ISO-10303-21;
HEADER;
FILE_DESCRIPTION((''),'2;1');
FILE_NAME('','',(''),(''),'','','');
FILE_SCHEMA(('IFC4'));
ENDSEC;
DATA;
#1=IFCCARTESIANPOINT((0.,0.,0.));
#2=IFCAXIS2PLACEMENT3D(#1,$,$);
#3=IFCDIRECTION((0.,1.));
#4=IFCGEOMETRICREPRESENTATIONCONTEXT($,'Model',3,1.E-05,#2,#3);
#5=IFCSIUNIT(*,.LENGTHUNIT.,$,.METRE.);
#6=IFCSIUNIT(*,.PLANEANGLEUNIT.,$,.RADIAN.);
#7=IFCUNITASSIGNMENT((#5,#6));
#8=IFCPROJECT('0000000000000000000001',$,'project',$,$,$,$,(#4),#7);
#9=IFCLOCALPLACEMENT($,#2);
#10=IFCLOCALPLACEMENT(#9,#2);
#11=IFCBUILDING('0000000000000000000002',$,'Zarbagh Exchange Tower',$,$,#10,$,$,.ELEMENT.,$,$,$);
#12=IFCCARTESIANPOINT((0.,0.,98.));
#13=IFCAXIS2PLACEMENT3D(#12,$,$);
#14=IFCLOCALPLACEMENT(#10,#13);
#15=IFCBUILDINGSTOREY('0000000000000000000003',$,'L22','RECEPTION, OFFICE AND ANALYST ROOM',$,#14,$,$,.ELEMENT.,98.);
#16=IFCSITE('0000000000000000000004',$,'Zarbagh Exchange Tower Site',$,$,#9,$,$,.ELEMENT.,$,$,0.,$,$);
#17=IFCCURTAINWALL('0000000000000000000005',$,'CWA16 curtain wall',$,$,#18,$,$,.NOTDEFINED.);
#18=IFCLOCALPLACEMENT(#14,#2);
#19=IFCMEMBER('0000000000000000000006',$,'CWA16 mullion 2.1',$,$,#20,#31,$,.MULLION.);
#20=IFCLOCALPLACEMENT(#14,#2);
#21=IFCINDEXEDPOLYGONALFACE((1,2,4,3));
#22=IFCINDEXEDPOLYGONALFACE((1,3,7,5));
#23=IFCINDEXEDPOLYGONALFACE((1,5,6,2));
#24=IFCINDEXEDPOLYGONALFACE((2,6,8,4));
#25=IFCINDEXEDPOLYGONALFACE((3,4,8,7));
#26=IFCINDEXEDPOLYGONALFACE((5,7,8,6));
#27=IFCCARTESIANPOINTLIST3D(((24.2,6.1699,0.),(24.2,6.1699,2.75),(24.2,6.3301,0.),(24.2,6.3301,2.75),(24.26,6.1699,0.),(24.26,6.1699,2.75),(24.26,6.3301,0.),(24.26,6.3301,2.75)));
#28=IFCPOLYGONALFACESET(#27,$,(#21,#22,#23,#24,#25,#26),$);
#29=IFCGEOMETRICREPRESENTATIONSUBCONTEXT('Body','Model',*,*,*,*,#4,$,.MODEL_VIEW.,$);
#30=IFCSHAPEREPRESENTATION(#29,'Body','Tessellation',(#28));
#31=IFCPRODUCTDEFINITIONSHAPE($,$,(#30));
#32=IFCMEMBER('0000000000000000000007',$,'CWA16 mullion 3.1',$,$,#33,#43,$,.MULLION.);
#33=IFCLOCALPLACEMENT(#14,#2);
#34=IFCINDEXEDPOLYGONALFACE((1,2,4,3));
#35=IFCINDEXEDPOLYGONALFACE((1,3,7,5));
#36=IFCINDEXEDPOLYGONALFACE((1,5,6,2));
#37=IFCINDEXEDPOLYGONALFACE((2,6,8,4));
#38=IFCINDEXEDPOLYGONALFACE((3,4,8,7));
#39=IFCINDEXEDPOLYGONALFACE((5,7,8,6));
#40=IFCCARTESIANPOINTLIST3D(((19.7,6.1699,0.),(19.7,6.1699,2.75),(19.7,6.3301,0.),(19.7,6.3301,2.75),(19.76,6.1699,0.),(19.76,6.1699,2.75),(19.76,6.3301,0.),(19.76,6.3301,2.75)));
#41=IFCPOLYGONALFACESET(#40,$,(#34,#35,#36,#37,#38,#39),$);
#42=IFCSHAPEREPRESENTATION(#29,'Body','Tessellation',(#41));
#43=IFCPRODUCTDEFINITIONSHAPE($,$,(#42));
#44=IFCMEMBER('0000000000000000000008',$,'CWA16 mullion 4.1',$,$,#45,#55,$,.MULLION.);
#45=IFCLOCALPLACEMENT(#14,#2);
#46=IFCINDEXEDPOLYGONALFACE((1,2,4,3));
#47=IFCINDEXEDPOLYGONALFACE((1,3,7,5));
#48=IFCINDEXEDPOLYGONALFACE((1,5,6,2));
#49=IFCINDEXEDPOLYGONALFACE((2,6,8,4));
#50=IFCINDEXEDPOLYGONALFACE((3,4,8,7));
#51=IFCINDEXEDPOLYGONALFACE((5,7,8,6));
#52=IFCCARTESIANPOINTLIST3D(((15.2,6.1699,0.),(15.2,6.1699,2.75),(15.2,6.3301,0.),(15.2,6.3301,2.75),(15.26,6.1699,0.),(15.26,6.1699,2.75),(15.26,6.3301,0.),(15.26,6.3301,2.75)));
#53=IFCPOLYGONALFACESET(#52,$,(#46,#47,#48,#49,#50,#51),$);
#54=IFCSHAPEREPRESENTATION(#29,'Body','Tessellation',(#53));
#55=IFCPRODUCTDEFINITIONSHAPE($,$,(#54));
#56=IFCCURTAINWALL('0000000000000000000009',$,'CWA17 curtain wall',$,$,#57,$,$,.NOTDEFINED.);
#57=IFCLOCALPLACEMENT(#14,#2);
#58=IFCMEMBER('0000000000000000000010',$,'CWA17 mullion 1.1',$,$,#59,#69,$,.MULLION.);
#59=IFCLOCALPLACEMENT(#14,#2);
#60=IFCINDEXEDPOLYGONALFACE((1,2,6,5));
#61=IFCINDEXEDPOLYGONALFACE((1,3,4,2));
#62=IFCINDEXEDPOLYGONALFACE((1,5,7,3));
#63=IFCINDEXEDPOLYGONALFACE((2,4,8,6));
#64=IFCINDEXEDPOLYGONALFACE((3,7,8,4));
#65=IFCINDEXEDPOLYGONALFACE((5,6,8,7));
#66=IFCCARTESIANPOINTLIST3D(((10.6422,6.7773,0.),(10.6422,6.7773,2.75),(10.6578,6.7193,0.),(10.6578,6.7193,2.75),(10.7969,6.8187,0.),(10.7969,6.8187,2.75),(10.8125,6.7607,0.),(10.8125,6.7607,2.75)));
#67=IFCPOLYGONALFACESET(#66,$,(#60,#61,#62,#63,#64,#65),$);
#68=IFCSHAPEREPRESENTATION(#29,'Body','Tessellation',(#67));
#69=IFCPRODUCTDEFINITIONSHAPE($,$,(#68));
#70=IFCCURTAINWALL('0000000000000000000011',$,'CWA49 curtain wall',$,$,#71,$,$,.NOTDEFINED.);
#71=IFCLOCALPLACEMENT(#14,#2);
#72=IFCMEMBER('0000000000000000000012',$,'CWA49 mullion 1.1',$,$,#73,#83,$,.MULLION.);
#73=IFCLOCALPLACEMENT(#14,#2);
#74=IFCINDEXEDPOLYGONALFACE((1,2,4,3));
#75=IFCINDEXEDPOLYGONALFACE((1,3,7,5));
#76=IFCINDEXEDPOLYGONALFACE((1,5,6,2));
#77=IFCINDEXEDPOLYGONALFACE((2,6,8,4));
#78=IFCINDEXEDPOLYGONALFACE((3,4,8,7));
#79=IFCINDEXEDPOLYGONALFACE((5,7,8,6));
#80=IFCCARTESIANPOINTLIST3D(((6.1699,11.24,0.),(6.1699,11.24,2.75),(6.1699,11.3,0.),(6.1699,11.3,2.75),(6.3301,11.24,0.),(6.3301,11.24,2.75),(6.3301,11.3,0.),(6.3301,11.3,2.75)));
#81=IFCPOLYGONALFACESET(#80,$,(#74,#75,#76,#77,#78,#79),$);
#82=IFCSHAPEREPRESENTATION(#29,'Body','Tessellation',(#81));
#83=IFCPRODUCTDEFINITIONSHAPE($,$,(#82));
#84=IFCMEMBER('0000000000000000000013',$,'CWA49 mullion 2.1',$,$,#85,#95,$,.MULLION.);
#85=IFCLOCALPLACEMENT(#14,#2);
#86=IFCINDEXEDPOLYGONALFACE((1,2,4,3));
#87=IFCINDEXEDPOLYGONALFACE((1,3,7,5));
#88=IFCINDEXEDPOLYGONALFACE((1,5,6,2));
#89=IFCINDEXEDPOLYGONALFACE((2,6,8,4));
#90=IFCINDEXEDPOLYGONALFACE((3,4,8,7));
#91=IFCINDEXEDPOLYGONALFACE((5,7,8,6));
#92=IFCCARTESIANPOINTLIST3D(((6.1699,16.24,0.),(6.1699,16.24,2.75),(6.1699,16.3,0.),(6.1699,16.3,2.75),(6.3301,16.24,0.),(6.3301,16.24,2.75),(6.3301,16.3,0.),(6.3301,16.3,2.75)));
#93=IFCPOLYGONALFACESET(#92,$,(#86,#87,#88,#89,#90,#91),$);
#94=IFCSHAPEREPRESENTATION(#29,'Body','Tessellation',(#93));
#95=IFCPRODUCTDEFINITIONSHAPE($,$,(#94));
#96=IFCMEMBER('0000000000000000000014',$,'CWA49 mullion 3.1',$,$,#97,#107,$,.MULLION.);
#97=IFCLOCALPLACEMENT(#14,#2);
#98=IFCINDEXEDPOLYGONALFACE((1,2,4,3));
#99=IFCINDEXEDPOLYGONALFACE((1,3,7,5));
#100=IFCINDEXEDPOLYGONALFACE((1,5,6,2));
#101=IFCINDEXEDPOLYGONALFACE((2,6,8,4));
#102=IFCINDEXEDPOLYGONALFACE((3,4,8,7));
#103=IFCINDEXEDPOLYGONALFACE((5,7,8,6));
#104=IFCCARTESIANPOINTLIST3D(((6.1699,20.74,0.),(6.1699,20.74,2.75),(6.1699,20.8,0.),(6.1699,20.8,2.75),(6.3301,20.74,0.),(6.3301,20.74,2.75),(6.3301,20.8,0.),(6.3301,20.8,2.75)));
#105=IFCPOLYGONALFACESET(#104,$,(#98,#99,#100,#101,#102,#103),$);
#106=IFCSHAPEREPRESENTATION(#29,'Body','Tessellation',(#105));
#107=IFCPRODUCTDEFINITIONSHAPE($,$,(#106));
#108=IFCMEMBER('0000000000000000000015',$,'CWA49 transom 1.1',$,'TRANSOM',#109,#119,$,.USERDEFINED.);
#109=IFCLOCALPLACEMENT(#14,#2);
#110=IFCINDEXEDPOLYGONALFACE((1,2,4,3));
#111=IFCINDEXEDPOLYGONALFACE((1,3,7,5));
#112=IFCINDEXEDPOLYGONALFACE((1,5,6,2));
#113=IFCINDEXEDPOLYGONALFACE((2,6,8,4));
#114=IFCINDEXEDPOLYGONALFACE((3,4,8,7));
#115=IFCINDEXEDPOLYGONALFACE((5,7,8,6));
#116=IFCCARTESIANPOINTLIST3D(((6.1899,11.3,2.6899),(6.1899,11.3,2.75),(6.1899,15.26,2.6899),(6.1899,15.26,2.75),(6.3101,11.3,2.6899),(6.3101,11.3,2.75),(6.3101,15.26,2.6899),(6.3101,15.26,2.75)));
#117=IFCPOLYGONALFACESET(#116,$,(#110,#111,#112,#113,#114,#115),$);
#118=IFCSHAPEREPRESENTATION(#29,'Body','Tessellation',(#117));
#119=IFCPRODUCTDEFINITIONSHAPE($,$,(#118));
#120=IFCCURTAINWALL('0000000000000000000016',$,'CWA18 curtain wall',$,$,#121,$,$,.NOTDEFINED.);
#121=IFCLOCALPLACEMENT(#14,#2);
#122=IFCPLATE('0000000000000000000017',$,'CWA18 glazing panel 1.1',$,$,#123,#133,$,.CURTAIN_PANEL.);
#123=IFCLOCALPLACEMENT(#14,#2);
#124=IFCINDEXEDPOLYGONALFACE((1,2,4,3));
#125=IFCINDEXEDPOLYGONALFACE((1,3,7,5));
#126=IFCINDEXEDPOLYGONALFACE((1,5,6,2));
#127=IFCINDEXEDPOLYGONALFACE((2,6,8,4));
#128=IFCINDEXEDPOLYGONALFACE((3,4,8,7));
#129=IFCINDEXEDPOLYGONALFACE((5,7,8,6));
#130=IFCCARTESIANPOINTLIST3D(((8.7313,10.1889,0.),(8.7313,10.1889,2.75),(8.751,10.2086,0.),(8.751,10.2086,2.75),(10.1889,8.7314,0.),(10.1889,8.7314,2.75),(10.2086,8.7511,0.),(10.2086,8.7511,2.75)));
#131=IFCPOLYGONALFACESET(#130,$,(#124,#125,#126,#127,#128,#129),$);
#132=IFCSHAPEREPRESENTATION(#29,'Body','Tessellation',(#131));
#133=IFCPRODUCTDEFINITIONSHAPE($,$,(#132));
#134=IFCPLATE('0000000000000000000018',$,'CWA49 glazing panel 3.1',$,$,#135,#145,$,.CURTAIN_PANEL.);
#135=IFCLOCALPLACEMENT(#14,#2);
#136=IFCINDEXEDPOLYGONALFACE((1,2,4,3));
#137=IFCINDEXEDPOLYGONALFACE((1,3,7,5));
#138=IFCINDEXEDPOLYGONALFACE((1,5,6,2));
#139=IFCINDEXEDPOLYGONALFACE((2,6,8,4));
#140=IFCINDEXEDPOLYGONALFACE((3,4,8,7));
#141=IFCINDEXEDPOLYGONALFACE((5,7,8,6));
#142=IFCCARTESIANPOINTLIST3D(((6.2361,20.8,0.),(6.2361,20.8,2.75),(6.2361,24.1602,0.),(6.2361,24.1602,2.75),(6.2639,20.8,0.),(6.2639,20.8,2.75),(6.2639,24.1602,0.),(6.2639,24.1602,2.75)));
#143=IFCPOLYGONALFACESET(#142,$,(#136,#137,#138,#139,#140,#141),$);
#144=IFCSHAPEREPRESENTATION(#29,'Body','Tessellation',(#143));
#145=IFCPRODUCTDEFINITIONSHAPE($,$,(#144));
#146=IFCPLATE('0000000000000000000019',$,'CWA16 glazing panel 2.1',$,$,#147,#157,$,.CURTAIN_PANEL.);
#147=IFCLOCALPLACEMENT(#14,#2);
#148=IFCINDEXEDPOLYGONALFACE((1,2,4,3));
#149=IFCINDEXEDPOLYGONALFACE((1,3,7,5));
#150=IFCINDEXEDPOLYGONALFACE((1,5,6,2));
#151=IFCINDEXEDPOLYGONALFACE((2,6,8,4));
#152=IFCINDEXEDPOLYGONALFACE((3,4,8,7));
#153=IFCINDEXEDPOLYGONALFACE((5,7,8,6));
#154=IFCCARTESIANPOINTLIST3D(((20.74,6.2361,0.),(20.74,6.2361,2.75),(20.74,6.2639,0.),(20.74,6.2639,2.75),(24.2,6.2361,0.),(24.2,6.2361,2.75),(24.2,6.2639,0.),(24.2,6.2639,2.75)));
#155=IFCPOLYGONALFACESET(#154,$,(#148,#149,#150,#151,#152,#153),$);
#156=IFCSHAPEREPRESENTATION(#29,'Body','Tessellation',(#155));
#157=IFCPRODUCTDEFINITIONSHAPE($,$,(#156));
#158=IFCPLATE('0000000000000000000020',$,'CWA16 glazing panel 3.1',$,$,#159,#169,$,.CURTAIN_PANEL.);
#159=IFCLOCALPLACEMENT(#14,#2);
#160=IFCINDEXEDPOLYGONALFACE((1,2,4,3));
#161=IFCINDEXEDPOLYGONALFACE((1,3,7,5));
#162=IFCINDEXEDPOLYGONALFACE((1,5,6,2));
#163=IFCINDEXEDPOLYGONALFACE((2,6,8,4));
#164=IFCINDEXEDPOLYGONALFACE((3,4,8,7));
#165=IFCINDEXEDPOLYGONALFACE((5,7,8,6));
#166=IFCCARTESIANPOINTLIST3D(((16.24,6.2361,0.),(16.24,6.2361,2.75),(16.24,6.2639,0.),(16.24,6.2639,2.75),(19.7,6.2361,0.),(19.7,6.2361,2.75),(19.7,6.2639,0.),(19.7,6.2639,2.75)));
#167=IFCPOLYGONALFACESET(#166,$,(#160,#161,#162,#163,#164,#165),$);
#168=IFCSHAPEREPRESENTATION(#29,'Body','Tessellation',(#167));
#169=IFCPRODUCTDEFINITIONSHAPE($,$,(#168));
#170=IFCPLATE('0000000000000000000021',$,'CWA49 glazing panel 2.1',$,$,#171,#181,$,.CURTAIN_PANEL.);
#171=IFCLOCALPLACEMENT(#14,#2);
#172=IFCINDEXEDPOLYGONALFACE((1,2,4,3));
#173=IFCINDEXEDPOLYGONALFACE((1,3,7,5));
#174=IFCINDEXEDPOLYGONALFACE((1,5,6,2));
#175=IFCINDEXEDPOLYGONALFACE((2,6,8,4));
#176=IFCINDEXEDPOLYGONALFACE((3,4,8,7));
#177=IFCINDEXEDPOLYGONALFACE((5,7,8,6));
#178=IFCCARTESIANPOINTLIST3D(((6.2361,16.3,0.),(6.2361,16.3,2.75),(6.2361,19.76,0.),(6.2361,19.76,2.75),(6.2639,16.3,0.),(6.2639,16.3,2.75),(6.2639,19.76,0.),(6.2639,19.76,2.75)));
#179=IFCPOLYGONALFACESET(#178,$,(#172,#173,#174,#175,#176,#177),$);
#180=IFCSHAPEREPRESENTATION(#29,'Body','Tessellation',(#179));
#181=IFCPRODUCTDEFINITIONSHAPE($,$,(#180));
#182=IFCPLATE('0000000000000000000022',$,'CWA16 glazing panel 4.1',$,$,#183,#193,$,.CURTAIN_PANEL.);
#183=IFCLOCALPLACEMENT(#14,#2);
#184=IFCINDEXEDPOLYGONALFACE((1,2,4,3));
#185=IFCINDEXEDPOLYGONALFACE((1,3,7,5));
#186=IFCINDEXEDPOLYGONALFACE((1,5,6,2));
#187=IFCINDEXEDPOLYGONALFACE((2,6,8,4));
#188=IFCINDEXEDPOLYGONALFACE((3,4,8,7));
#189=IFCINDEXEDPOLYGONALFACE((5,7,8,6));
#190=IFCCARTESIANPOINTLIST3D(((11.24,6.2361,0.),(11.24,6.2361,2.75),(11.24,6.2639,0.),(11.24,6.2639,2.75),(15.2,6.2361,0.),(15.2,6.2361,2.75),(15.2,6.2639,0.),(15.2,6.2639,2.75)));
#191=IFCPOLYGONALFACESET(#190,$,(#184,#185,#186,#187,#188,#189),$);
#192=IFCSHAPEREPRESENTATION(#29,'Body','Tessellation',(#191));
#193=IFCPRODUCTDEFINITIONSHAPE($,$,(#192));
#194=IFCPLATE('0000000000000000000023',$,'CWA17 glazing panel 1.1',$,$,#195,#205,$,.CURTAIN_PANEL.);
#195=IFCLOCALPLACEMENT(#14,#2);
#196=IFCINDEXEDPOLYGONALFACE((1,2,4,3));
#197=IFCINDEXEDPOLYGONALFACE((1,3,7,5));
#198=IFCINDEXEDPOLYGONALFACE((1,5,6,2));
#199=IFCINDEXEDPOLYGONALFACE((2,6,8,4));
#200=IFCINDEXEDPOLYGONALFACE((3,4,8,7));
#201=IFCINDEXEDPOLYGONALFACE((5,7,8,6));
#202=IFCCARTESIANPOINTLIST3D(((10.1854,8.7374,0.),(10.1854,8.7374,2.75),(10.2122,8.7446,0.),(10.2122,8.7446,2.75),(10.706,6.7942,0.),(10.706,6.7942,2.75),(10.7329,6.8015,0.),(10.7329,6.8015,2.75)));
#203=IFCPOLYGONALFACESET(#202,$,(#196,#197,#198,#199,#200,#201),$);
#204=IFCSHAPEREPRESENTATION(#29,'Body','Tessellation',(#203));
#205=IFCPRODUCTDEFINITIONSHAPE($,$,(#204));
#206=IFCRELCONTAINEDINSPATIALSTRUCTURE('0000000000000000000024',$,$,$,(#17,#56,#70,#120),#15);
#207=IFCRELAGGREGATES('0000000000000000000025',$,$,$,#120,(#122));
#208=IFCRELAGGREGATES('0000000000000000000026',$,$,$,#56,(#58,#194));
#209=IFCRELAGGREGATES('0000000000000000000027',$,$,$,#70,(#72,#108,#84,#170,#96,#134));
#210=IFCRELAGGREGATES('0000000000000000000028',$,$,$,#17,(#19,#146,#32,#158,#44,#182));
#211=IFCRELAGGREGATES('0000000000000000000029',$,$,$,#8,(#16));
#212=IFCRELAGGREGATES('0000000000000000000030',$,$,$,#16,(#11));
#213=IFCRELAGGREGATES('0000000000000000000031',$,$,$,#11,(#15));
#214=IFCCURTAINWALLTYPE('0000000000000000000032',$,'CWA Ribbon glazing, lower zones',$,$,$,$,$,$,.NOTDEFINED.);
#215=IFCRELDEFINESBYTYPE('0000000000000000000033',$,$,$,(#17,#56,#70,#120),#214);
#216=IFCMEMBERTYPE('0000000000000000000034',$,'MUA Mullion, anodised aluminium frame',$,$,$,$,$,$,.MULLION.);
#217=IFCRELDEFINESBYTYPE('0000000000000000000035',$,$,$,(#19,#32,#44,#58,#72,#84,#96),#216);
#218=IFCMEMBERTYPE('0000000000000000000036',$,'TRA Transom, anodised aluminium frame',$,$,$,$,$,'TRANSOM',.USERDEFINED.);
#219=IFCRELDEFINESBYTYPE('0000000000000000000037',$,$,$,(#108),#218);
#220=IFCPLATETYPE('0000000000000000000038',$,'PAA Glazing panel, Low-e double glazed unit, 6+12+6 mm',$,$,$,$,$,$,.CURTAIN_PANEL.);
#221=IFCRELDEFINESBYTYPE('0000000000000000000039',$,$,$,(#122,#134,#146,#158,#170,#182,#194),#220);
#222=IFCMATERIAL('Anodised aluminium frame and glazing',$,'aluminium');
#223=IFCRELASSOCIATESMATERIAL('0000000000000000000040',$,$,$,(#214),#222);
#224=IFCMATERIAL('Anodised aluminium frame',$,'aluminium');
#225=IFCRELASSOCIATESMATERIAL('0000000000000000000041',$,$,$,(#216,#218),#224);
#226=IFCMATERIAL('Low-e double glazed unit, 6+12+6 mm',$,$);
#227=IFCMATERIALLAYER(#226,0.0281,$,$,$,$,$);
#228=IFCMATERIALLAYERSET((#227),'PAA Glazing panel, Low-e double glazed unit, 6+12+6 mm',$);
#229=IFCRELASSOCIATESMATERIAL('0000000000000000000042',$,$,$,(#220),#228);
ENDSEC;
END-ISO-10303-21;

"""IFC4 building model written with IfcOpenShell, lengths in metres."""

from ifc_helpers import new_model, si_unit, direction, frame, origin, place, context, subcontext, project, spatial, polyline, outline, extrude, source, transform, mapped, material, layer, layer_set, type_object, element, aggregate, save


model = new_model("IFC4")

# Units and contexts
model_context = context("Model", 3, precision=1e-05, world=origin(), true_north=direction((0.0, 1.0)))
body_context = subcontext(model_context, "Body", "Model", "MODEL_VIEW")
ifc_project = project(units=[si_unit("LENGTHUNIT", "METRE"), si_unit("PLANEANGLEUNIT", "RADIAN")], contexts=[model_context])

# Site, building, storey
site_placement = place(None, origin())
site = spatial("IfcSite", under=ifc_project, at=site_placement, Name="Zarbagh Exchange Tower Site", CompositionType="ELEMENT", RefElevation=0.0)
building_placement = place(site_placement, origin())
building = spatial("IfcBuilding", under=site, at=building_placement, Name="Zarbagh Exchange Tower", CompositionType="ELEMENT")
storey_placement = place(building_placement, frame((0.0, 0.0, 98.0)))
storey = spatial("IfcBuildingStorey", under=building, at=storey_placement, Name="L22", Description="RECEPTION, OFFICE AND ANALYST ROOM", CompositionType="ELEMENT", Elevation=98.0)

# Curtain wall, members
ifc_material_1 = material(Name="Anodised aluminium frame and glazing", Category="aluminium")
curtain_wall_type = type_object("IfcCurtainWallType", Name="CWA Ribbon glazing, lower zones", PredefinedType="NOTDEFINED", material=ifc_material_1)
curtain_wall_1_placement = place(storey_placement, origin())
curtain_wall_1 = element("IfcCurtainWall", 1, at=curtain_wall_1_placement, inside=storey, type_object=curtain_wall_type, Name="CWA16 curtain wall", PredefinedType="NOTDEFINED")
ifc_material_2 = material(Name="Anodised aluminium frame", Category="aluminium")
member_type_1 = type_object("IfcMemberType", Name="MUA Mullion, anodised aluminium frame", PredefinedType="MULLION", material=ifc_material_2)
shared_shape_1 = source(origin(), body_context, "Body", "SweptSolid", [
    extrude(outline(polyline([(0.0, -0.0801), (0.0601, -0.0801), (0.0601, 0.0801), (0.0, 0.0801), (0.0, -0.0801)])), origin(), (0.0, 0.0, 1.0), 2.75),
])
placement = place(storey_placement, origin())
member_1 = element("IfcMember", 2, at=placement, type_object=member_type_1, Name="CWA16 mullion 2.1", PredefinedType="MULLION", context=body_context, shape_type="MappedRepresentation", body=[
    mapped(shared_shape_1, transform((24.26, 6.25, 0.0), x_axis=(-1.0, 0.0, 0.0), y_axis=(0.0, -1.0, 0.0), z_axis=(0.0, 0.0, 1.0))),
])
member_2 = element("IfcMember", 3, at=placement, type_object=member_type_1, Name="CWA16 mullion 3.1", PredefinedType="MULLION", context=body_context, shape_type="MappedRepresentation", body=[
    mapped(shared_shape_1, transform((19.76, 6.25, 0.0), x_axis=(-1.0, 0.0, 0.0), y_axis=(0.0, -1.0, 0.0), z_axis=(0.0, 0.0, 1.0))),
])
member_3 = element("IfcMember", 4, at=placement, type_object=member_type_1, Name="CWA16 mullion 4.1", PredefinedType="MULLION", context=body_context, shape_type="MappedRepresentation", body=[
    mapped(shared_shape_1, transform((15.26, 6.25, 0.0), x_axis=(-1.0, 0.0, 0.0), y_axis=(0.0, -1.0, 0.0), z_axis=(0.0, 0.0, 1.0))),
])

# Curtain wall, member
curtain_wall_2_placement = place(storey_placement, origin())
curtain_wall_2 = element("IfcCurtainWall", 5, at=curtain_wall_2_placement, inside=storey, type_object=curtain_wall_type, Name="CWA17 curtain wall", PredefinedType="NOTDEFINED")
member_4 = element("IfcMember", 6, at=placement, type_object=member_type_1, Name="CWA17 mullion 1.1", PredefinedType="MULLION", context=body_context, shape_type="MappedRepresentation", body=[
    mapped(shared_shape_1, transform((10.7351, 6.74, 0.0), x_axis=(-0.258825, 0.965924, 0.0), y_axis=(-0.965924, -0.258825, 0.0), z_axis=(0.0, 0.0, 1.0))),
])

# Curtain wall, members
curtain_wall_3_placement = place(storey_placement, origin())
curtain_wall_3 = element("IfcCurtainWall", 7, at=curtain_wall_3_placement, inside=storey, type_object=curtain_wall_type, Name="CWA49 curtain wall", PredefinedType="NOTDEFINED")
member_5 = element("IfcMember", 8, at=placement, type_object=member_type_1, Name="CWA49 mullion 1.1", PredefinedType="MULLION", context=body_context, shape_type="MappedRepresentation", body=[
    mapped(shared_shape_1, transform((6.25, 11.24, 0.0), x_axis=(0.0, 1.0, 0.0), y_axis=(-1.0, 0.0, 0.0), z_axis=(0.0, 0.0, 1.0))),
])
member_6 = element("IfcMember", 9, at=placement, type_object=member_type_1, Name="CWA49 mullion 2.1", PredefinedType="MULLION", context=body_context, shape_type="MappedRepresentation", body=[
    mapped(shared_shape_1, transform((6.25, 16.24, 0.0), x_axis=(0.0, 1.0, 0.0), y_axis=(-1.0, 0.0, 0.0), z_axis=(0.0, 0.0, 1.0))),
])
member_7 = element("IfcMember", 10, at=placement, type_object=member_type_1, Name="CWA49 mullion 3.1", PredefinedType="MULLION", context=body_context, shape_type="MappedRepresentation", body=[
    mapped(shared_shape_1, transform((6.25, 20.74, 0.0), x_axis=(0.0, 1.0, 0.0), y_axis=(-1.0, 0.0, 0.0), z_axis=(0.0, 0.0, 1.0))),
])
member_type_2 = type_object("IfcMemberType", Name="TRA Transom, anodised aluminium frame", ElementType="TRANSOM", PredefinedType="USERDEFINED", material=ifc_material_2)
shared_shape_2 = source(origin(), body_context, "Body", "SweptSolid", [
    extrude(outline(polyline([(-0.0601, -0.0601), (0.0, -0.0601), (0.0, 0.0601), (-0.0601, 0.0601), (-0.0601, -0.0601)])), origin(), (0.0, 0.0, 1.0), 3.96),
])
member_8 = element("IfcMember", 11, at=placement, type_object=member_type_2, Name="CWA49 transom 1.1", ObjectType="TRANSOM", PredefinedType="USERDEFINED", context=body_context, shape_type="MappedRepresentation", body=[
    mapped(shared_shape_2, transform((6.25, 11.3, 2.75), x_axis=(0.0, 0.0, 1.0), y_axis=(1.0, 0.0, 0.0), z_axis=(0.0, 1.0, 0.0))),
])

# Curtain wall, plate
curtain_wall_4_placement = place(storey_placement, origin())
curtain_wall_4 = element("IfcCurtainWall", 12, at=curtain_wall_4_placement, inside=storey, type_object=curtain_wall_type, Name="CWA18 curtain wall", PredefinedType="NOTDEFINED")
ifc_material_3 = material(Name="Low-e double glazed unit, 6+12+6 mm")
ifc_layer_1 = layer(ifc_material_3, 0.0281)
ifc_layer_set_1 = layer_set([ifc_layer_1], Name="PAA Glazing panel, Low-e double glazed unit, 6+12+6 mm")
plate_type = type_object("IfcPlateType", Name="PAA Glazing panel, Low-e double glazed unit, 6+12+6 mm", PredefinedType="CURTAIN_PANEL", material=ifc_layer_set_1)
shared_shape_3 = source(origin(), body_context, "Body", "SweptSolid", [
    extrude(outline(polyline([(0.0, -0.0139), (2.0613, -0.0139), (2.0613, 0.0139), (0.0, 0.0139), (0.0, -0.0139)])), origin(), (0.0, 0.0, 1.0), 2.75),
])
plate_1 = element("IfcPlate", 13, at=placement, type_object=plate_type, Name="CWA18 glazing panel 1.1", PredefinedType="CURTAIN_PANEL", context=body_context, shape_type="MappedRepresentation", body=[
    mapped(shared_shape_3, transform((10.1987, 8.7412, 0.0), x_axis=(-0.707107, 0.707107, 0.0), y_axis=(-0.707107, -0.707107, 0.0), z_axis=(0.0, 0.0, 1.0))),
])
aggregate(curtain_wall_4, [plate_1])

# Plates
shared_shape_4 = source(origin(), body_context, "Body", "SweptSolid", [
    extrude(outline(polyline([(0.0, -0.0139), (3.3601, -0.0139), (3.3601, 0.0139), (0.0, 0.0139), (0.0, -0.0139)])), origin(), (0.0, 0.0, 1.0), 2.75),
])
plate_2 = element("IfcPlate", 14, at=placement, type_object=plate_type, Name="CWA49 glazing panel 3.1", PredefinedType="CURTAIN_PANEL", context=body_context, shape_type="MappedRepresentation", body=[
    mapped(shared_shape_4, transform((6.25, 20.8, 0.0), x_axis=(0.0, 1.0, 0.0), y_axis=(-1.0, 0.0, 0.0), z_axis=(0.0, 0.0, 1.0))),
])
shared_shape_5 = source(origin(), body_context, "Body", "SweptSolid", [
    extrude(outline(polyline([(0.0, -0.0139), (3.46, -0.0139), (3.46, 0.0139), (0.0, 0.0139), (0.0, -0.0139)])), origin(), (0.0, 0.0, 1.0), 2.75),
])
plate_3 = element("IfcPlate", 15, at=placement, type_object=plate_type, Name="CWA16 glazing panel 2.1", PredefinedType="CURTAIN_PANEL", context=body_context, shape_type="MappedRepresentation", body=[
    mapped(shared_shape_5, transform((24.2, 6.25, 0.0), x_axis=(-1.0, 0.0, 0.0), y_axis=(0.0, -1.0, 0.0), z_axis=(0.0, 0.0, 1.0))),
])
plate_4 = element("IfcPlate", 16, at=placement, type_object=plate_type, Name="CWA16 glazing panel 3.1", PredefinedType="CURTAIN_PANEL", context=body_context, shape_type="MappedRepresentation", body=[
    mapped(shared_shape_5, transform((19.7, 6.25, 0.0), x_axis=(-1.0, 0.0, 0.0), y_axis=(0.0, -1.0, 0.0), z_axis=(0.0, 0.0, 1.0))),
])
plate_5 = element("IfcPlate", 17, at=placement, type_object=plate_type, Name="CWA49 glazing panel 2.1", PredefinedType="CURTAIN_PANEL", context=body_context, shape_type="MappedRepresentation", body=[
    mapped(shared_shape_5, transform((6.25, 16.3, 0.0), x_axis=(0.0, 1.0, 0.0), y_axis=(-1.0, 0.0, 0.0), z_axis=(0.0, 0.0, 1.0))),
])
shared_shape_6 = source(origin(), body_context, "Body", "SweptSolid", [
    extrude(outline(polyline([(0.0, -0.0139), (3.96, -0.0139), (3.96, 0.0139), (0.0, 0.0139), (0.0, -0.0139)])), origin(), (0.0, 0.0, 1.0), 2.75),
])
plate_6 = element("IfcPlate", 18, at=placement, type_object=plate_type, Name="CWA16 glazing panel 4.1", PredefinedType="CURTAIN_PANEL", context=body_context, shape_type="MappedRepresentation", body=[
    mapped(shared_shape_6, transform((15.2, 6.25, 0.0), x_axis=(-1.0, 0.0, 0.0), y_axis=(0.0, -1.0, 0.0), z_axis=(0.0, 0.0, 1.0))),
])
shared_shape_7 = source(origin(), body_context, "Body", "SweptSolid", [
    extrude(outline(polyline([(0.0, -0.0139), (2.0117, -0.0139), (2.0117, 0.0139), (0.0, 0.0139), (0.0, -0.0139)])), origin(), (0.0, 0.0, 1.0), 2.75),
])
plate_7 = element("IfcPlate", 19, at=placement, type_object=plate_type, Name="CWA17 glazing panel 1.1", PredefinedType="CURTAIN_PANEL", context=body_context, shape_type="MappedRepresentation", body=[
    mapped(shared_shape_7, transform((10.7195, 6.7979, 0.0), x_axis=(-0.258825, 0.965924, 0.0), y_axis=(-0.965924, -0.258825, 0.0), z_axis=(0.0, 0.0, 1.0))),
])
aggregate(curtain_wall_2, [member_4, plate_7])

aggregate(curtain_wall_3, [member_5, member_8, member_6, plate_5, member_7, plate_2])
aggregate(curtain_wall_1, [member_1, plate_3, member_2, plate_4, member_3, plate_6])

save(model, "model.ifc")
